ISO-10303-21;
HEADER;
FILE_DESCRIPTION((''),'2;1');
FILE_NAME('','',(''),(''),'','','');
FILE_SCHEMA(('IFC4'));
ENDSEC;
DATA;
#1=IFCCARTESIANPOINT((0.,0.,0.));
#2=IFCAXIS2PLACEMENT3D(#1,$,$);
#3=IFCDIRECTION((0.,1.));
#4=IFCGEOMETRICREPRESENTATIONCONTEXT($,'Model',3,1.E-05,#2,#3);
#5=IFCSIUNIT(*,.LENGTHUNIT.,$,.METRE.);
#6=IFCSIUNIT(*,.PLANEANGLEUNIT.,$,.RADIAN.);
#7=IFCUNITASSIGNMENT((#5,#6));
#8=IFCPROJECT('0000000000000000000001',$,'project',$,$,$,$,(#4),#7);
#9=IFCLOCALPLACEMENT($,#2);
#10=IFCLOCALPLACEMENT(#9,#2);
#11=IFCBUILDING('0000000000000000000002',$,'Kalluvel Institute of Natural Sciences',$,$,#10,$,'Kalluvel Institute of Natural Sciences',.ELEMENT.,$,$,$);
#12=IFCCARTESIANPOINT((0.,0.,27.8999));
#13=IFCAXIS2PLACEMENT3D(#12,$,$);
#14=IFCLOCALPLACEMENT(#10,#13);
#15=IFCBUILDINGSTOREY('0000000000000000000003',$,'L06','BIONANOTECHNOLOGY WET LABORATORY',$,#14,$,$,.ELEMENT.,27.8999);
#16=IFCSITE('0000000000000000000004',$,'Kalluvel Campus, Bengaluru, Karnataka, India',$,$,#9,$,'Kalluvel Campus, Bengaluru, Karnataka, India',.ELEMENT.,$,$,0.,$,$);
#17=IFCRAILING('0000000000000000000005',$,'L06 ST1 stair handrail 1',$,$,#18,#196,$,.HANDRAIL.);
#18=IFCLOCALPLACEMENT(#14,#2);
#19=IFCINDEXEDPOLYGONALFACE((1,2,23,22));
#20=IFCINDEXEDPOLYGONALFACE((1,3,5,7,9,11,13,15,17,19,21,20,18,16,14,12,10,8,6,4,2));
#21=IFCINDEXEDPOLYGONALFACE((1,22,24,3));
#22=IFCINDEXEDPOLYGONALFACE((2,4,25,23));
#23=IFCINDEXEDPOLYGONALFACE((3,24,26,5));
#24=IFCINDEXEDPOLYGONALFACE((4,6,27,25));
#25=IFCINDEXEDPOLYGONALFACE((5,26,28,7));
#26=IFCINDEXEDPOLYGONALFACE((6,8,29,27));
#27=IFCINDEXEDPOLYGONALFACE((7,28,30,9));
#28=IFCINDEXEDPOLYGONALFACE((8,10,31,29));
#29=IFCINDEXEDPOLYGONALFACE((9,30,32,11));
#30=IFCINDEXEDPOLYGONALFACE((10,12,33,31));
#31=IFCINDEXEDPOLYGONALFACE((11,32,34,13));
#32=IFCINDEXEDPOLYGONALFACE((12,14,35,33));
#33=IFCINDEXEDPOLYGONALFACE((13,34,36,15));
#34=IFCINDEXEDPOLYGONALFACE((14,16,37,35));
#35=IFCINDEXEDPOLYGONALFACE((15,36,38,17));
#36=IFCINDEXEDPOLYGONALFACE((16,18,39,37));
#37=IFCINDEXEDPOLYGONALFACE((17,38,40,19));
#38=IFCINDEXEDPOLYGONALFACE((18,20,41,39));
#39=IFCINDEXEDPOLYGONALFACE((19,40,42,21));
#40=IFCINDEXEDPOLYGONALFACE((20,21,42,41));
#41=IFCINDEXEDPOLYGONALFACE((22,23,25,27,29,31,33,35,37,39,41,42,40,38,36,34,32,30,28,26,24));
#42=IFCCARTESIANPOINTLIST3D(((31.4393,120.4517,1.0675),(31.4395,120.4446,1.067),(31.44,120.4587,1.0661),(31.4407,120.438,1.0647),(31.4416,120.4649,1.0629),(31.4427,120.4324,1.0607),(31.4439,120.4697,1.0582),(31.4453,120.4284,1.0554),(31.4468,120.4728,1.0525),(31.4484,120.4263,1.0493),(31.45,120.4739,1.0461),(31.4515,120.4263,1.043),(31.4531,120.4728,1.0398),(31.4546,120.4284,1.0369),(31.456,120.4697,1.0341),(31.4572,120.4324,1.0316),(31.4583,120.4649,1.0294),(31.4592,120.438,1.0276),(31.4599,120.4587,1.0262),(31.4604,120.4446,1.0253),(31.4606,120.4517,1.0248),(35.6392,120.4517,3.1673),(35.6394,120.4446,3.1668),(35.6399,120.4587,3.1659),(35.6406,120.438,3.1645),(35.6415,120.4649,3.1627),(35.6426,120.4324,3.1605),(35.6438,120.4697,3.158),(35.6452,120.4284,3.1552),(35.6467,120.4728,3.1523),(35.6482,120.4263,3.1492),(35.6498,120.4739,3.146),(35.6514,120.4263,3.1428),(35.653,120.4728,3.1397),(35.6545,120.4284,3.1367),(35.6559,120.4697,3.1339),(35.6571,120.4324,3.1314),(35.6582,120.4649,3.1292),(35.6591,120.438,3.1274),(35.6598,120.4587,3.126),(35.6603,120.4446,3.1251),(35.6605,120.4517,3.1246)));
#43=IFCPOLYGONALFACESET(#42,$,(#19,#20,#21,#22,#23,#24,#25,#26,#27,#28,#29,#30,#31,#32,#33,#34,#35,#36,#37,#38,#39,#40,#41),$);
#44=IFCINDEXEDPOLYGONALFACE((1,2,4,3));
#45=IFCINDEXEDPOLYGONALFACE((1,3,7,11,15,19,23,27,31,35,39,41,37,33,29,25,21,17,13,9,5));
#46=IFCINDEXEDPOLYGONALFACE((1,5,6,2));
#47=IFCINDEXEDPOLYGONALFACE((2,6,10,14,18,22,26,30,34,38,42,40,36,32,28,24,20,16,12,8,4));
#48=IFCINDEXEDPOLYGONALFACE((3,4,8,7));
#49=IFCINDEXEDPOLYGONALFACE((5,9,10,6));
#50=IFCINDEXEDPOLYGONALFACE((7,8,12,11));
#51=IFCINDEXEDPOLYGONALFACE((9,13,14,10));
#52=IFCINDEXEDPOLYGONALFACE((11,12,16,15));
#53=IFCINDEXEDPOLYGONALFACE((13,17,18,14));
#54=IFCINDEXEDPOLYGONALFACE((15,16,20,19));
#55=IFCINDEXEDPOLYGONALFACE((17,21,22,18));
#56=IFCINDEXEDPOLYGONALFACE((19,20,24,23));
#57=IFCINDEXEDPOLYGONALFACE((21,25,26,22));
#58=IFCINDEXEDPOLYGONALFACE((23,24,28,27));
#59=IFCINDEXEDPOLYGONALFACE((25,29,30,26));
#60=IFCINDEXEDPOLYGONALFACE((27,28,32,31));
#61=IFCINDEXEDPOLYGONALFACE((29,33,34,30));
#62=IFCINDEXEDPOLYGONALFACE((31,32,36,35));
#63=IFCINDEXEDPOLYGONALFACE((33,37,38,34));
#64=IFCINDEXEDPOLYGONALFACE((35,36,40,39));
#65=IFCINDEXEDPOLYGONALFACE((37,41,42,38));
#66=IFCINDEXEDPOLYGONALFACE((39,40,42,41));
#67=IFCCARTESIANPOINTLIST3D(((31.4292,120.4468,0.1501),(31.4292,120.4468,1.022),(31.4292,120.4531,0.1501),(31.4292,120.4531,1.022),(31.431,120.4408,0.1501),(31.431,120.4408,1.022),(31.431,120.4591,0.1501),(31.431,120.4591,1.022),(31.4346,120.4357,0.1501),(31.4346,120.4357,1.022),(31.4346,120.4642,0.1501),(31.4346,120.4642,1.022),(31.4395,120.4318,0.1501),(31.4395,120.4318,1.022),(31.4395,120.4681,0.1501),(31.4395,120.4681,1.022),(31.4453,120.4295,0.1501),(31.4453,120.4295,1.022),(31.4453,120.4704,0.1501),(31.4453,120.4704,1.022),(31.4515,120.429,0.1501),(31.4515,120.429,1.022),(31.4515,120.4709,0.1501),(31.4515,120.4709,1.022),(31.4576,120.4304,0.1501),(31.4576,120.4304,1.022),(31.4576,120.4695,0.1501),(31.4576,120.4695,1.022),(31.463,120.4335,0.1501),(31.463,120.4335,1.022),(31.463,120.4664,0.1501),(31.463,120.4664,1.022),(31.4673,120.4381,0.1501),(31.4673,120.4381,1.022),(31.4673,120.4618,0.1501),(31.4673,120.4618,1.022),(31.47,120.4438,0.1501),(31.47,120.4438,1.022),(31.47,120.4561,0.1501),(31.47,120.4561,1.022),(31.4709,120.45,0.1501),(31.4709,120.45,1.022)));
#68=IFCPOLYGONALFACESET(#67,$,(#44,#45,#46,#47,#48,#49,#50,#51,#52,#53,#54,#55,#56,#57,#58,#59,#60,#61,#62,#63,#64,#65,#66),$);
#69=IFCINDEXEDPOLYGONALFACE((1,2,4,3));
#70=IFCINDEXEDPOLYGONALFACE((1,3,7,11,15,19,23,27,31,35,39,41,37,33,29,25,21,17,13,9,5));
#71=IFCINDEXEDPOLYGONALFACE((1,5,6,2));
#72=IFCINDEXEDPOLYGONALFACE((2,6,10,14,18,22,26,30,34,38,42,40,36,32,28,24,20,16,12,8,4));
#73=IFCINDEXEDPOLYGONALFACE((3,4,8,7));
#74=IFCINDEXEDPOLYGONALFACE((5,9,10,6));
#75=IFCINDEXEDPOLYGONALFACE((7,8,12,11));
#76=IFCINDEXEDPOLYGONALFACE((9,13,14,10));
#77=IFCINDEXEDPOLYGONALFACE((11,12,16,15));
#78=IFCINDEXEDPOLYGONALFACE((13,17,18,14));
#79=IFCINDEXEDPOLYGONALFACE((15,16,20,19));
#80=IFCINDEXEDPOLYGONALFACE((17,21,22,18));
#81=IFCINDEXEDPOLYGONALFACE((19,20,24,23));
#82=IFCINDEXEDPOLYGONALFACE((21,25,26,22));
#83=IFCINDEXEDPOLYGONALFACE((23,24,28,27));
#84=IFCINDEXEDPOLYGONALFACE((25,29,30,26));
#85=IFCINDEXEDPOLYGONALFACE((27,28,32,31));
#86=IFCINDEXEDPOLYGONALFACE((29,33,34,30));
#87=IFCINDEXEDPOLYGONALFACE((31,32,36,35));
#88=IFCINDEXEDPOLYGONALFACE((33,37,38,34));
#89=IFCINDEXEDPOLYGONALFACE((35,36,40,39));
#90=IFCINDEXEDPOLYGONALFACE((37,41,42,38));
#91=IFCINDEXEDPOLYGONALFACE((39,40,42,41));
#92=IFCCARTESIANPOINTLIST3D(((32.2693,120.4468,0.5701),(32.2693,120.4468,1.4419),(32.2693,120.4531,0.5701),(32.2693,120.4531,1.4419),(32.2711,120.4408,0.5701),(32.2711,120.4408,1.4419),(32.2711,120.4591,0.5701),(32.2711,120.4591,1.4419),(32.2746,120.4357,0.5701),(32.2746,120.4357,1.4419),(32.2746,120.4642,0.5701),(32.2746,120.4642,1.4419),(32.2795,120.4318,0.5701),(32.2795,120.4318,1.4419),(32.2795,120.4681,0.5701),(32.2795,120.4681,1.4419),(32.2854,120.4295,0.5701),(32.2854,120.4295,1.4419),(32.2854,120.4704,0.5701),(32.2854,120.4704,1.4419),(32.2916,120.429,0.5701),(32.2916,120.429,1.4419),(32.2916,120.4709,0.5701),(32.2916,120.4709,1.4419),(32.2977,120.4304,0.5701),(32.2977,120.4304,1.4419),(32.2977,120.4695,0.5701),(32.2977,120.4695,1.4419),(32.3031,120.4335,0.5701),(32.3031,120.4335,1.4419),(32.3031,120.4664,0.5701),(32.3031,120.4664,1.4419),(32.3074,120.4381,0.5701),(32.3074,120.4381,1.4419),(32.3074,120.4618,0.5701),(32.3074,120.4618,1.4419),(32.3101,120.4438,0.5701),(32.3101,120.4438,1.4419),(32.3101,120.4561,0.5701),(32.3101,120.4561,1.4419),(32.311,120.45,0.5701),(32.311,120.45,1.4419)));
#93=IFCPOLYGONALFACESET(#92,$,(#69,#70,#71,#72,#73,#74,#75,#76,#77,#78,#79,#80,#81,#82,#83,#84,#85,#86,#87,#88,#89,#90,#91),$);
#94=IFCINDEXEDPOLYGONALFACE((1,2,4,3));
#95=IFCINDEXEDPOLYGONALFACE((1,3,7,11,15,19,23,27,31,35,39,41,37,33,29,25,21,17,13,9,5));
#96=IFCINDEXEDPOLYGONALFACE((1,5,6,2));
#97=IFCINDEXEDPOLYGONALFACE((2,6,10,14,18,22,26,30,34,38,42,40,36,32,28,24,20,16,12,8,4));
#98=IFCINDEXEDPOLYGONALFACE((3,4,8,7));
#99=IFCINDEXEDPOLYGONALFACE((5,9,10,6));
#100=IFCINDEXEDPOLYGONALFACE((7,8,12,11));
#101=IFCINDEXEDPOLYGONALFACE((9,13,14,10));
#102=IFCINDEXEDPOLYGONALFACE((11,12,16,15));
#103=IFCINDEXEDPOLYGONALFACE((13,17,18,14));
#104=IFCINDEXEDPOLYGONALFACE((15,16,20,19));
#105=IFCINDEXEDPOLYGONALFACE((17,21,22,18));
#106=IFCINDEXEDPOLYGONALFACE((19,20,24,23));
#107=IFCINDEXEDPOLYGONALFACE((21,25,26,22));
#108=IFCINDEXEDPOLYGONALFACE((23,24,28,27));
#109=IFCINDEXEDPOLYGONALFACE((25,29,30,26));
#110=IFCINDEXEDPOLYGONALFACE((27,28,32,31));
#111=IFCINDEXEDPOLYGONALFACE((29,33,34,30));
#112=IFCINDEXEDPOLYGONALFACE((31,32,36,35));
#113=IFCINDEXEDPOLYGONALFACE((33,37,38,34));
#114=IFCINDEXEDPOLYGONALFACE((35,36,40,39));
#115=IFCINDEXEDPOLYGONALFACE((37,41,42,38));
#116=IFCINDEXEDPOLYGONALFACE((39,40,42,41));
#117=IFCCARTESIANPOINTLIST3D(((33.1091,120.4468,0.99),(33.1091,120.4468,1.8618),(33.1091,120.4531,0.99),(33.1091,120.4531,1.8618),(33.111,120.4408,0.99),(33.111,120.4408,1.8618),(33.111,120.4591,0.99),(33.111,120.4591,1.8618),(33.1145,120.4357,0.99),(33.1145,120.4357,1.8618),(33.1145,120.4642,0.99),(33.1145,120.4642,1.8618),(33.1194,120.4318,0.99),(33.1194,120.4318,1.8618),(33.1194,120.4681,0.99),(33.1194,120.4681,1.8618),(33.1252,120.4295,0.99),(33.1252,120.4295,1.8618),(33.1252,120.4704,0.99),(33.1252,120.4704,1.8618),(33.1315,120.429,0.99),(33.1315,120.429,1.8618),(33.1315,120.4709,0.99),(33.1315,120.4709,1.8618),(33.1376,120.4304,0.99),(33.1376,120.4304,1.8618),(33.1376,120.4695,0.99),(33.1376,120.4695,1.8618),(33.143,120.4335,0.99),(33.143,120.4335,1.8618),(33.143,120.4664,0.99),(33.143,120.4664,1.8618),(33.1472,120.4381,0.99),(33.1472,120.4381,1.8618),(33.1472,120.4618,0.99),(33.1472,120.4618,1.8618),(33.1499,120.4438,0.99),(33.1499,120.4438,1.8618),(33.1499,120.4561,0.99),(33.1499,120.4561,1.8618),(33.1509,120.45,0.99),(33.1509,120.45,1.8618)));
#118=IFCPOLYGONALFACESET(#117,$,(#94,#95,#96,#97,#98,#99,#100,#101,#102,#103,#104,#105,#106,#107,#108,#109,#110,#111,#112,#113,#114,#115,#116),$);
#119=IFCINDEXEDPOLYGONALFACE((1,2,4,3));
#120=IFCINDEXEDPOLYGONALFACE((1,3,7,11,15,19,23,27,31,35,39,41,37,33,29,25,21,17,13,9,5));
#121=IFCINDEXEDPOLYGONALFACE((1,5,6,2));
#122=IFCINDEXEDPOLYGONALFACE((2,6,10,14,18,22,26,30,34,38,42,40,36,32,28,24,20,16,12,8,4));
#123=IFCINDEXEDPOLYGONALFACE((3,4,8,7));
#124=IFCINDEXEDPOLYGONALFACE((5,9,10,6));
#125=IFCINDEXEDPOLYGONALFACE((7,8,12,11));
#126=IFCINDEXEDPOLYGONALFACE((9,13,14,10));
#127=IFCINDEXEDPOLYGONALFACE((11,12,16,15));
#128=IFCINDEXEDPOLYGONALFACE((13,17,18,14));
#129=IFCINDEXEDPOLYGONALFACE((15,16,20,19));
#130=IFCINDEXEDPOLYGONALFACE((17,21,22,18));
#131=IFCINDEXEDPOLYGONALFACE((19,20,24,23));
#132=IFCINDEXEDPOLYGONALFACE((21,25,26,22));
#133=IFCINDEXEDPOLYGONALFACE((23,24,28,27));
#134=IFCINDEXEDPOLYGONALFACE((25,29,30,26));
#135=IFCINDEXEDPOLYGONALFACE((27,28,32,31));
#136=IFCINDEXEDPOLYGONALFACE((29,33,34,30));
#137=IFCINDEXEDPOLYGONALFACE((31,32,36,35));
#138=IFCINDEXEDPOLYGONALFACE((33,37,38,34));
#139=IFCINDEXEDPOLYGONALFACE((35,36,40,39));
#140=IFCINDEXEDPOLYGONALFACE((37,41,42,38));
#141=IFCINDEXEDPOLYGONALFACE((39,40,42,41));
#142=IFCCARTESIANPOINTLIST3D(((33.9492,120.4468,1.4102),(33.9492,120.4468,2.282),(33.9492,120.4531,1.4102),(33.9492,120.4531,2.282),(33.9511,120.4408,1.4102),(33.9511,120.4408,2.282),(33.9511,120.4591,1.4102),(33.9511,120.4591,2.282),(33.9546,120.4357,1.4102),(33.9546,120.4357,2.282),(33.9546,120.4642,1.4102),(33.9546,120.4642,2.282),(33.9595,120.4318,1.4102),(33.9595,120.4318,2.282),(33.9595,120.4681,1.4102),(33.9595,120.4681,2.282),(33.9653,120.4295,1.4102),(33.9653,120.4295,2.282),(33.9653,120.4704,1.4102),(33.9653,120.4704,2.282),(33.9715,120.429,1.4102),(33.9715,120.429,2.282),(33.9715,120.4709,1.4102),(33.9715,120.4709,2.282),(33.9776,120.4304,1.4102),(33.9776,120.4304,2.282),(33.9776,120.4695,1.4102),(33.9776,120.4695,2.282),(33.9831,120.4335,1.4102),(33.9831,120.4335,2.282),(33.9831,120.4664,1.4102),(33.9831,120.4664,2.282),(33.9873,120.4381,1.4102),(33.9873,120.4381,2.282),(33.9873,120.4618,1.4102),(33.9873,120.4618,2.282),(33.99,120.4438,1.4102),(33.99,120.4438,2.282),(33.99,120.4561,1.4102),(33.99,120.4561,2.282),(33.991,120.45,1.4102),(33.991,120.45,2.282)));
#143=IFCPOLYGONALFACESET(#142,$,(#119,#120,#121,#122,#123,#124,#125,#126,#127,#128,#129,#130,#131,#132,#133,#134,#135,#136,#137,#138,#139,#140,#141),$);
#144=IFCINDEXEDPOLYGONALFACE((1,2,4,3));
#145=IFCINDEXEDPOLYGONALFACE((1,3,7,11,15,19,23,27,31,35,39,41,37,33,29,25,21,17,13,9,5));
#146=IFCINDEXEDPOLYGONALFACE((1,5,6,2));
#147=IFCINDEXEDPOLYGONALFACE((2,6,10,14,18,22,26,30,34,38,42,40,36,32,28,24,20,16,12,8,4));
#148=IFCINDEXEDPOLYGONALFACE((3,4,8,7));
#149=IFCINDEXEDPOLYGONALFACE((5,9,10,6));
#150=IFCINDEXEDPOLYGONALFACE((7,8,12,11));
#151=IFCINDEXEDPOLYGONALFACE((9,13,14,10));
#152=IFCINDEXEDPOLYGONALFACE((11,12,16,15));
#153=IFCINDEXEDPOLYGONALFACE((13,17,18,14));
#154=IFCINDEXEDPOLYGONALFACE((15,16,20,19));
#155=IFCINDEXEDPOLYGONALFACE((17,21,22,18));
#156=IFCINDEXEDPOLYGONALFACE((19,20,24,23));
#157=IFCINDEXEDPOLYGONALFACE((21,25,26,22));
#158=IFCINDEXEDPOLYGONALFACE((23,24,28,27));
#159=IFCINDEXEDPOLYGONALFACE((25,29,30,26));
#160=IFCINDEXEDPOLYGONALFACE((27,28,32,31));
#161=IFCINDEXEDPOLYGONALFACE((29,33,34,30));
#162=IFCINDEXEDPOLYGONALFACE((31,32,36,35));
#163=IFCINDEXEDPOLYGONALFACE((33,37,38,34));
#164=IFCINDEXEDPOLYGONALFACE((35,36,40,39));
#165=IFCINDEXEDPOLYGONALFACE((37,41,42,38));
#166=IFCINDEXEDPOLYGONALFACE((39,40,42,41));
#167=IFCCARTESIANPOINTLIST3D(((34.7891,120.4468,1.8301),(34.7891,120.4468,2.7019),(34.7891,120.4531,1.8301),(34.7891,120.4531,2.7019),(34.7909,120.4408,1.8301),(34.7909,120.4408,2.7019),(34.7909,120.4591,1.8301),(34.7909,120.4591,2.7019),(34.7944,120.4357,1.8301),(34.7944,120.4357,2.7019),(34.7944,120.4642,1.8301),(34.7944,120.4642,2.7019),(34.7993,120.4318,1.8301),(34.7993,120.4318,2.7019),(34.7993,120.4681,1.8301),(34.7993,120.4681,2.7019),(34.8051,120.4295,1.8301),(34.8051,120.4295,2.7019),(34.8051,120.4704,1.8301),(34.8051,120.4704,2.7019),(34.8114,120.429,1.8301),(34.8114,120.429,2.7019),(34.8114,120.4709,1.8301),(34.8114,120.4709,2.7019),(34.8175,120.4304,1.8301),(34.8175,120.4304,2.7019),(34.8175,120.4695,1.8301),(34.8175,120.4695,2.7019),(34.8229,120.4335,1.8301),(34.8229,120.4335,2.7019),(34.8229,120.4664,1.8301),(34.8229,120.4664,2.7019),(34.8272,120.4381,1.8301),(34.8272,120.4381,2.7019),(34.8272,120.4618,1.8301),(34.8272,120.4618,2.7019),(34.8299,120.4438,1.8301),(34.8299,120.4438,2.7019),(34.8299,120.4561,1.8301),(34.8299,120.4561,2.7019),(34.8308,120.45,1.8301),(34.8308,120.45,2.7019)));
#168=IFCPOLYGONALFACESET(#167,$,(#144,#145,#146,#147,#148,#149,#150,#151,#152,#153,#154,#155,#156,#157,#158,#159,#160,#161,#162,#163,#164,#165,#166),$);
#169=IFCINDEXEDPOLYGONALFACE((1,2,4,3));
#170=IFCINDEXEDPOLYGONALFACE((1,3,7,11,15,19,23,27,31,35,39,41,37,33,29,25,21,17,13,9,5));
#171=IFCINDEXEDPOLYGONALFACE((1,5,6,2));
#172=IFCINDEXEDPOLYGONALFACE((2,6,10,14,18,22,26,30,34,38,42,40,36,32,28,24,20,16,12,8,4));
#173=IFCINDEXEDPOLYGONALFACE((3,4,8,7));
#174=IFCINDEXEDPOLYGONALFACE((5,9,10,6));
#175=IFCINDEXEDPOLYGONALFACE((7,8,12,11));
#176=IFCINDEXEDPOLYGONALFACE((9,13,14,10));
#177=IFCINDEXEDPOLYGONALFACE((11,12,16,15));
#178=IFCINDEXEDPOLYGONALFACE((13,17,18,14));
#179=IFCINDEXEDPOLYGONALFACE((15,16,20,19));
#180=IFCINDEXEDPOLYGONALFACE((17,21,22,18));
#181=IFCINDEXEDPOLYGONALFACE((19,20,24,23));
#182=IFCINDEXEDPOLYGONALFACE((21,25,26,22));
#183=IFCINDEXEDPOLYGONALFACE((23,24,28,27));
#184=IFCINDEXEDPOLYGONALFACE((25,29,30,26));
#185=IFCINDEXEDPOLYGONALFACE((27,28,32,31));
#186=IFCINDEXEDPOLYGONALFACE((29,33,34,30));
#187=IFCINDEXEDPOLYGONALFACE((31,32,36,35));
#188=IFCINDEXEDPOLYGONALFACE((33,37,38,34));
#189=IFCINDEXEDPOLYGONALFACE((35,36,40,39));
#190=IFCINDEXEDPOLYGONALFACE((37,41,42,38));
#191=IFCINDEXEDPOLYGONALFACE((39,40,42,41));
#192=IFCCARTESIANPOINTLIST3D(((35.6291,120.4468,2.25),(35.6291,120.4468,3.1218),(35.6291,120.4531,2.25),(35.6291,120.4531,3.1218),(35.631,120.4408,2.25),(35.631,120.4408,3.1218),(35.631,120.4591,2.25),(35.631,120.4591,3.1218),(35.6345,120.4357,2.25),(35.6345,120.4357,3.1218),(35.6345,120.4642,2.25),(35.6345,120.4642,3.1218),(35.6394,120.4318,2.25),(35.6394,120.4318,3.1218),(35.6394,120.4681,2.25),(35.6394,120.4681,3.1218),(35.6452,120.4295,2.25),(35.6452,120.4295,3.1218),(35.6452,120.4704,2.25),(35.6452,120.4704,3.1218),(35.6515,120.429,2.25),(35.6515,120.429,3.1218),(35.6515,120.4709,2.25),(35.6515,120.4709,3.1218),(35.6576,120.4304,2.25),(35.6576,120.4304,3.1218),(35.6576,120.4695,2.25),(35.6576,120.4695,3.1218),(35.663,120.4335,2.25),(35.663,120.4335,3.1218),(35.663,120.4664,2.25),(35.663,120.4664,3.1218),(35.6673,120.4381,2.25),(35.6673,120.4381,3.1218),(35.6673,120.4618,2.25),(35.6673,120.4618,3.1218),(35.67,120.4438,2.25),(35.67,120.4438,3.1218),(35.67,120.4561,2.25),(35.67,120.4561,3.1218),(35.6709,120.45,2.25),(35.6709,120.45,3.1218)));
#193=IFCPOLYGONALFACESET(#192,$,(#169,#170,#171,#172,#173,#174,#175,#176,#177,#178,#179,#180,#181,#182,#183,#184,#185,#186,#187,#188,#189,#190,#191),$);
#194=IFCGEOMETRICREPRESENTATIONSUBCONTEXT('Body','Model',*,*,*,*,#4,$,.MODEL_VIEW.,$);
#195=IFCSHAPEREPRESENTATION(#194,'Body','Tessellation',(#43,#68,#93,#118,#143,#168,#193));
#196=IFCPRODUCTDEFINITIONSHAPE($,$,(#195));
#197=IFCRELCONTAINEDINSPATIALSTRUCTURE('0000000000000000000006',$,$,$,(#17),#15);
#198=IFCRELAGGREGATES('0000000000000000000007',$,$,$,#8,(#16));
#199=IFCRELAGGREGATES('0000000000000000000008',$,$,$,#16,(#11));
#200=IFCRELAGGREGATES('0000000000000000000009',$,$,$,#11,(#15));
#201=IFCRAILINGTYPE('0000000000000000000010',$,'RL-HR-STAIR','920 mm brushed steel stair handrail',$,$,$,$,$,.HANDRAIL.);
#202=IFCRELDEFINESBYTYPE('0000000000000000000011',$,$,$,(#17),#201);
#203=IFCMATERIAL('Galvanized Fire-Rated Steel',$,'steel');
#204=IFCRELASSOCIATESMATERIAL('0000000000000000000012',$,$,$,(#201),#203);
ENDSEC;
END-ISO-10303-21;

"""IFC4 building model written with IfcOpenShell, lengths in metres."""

from ifc_helpers import new_model, si_unit, direction, frame, origin, origin_2d, place, context, subcontext, project, spatial, circle, extrude, material, type_object, element, save


model = new_model("IFC4")

# Units and contexts
model_context = context("Model", 3, precision=1e-05, world=origin(), true_north=direction((0.0, 1.0)))
body_context = subcontext(model_context, "Body", "Model", "MODEL_VIEW")
ifc_project = project(units=[si_unit("LENGTHUNIT", "METRE"), si_unit("PLANEANGLEUNIT", "RADIAN")], contexts=[model_context])

# Site, building, storey
site_placement = place(None, origin())
site = spatial("IfcSite", under=ifc_project, at=site_placement, Name="Kalluvel Campus, Bengaluru, Karnataka, India", LongName="Kalluvel Campus, Bengaluru, Karnataka, India", CompositionType="ELEMENT", RefElevation=0.0)
building_placement = place(site_placement, origin())
building = spatial("IfcBuilding", under=site, at=building_placement, Name="Kalluvel Institute of Natural Sciences", LongName="Kalluvel Institute of Natural Sciences", CompositionType="ELEMENT")
storey_placement = place(building_placement, frame((0.0, 0.0, 27.8999)))
storey = spatial("IfcBuildingStorey", under=building, at=storey_placement, Name="L06", Description="BIONANOTECHNOLOGY WET LABORATORY", CompositionType="ELEMENT", Elevation=27.8999)

# Shared definitions
ifc_material_1 = material(Name="Galvanized Fire-Rated Steel", Category="steel")

# Railing
railing_type_1 = type_object("IfcRailingType", Name="RL-HR-STAIR", Description="920 mm brushed steel stair handrail", PredefinedType="HANDRAIL", material=ifc_material_1)
railing_1_placement = place(storey_placement, frame((31.45, 120.45, 0.1501)))
element("IfcRailing", 1, at=railing_1_placement, inside=storey, type_object=railing_type_1, Name="L06 ST1 stair handrail 1", PredefinedType="HANDRAIL", context=body_context, shape_type="SweptSolid", body=[
    extrude(circle(Radius=0.0239, at=origin_2d()), frame((0.0, 0.0, 0.896), z_axis=(0.894438, 0.0, 0.447193), x_axis=(0.0, 1.0, 0.0)), (0.0, 0.0, 1.0), 4.6956),
    extrude(circle(Radius=0.021, at=origin_2d()), origin(), (0.0, 0.0, 1.0), 0.8718),
    extrude(circle(Radius=0.021, at=origin_2d()), frame((0.8401, 0.0, 0.4199)), (0.0, 0.0, 1.0), 0.8718),
    extrude(circle(Radius=0.021, at=origin_2d()), frame((1.6799, 0.0, 0.8398)), (0.0, 0.0, 1.0), 0.8718),
    extrude(circle(Radius=0.021, at=origin_2d()), frame((2.52, 0.0, 1.26)), (0.0, 0.0, 1.0), 0.8718),
    extrude(circle(Radius=0.021, at=origin_2d()), frame((3.3599, 0.0, 1.6799)), (0.0, 0.0, 1.0), 0.8718),
    extrude(circle(Radius=0.021, at=origin_2d()), frame((4.2, 0.0, 2.0999)), (0.0, 0.0, 1.0), 0.8718),
])

save(model, "model.ifc")
